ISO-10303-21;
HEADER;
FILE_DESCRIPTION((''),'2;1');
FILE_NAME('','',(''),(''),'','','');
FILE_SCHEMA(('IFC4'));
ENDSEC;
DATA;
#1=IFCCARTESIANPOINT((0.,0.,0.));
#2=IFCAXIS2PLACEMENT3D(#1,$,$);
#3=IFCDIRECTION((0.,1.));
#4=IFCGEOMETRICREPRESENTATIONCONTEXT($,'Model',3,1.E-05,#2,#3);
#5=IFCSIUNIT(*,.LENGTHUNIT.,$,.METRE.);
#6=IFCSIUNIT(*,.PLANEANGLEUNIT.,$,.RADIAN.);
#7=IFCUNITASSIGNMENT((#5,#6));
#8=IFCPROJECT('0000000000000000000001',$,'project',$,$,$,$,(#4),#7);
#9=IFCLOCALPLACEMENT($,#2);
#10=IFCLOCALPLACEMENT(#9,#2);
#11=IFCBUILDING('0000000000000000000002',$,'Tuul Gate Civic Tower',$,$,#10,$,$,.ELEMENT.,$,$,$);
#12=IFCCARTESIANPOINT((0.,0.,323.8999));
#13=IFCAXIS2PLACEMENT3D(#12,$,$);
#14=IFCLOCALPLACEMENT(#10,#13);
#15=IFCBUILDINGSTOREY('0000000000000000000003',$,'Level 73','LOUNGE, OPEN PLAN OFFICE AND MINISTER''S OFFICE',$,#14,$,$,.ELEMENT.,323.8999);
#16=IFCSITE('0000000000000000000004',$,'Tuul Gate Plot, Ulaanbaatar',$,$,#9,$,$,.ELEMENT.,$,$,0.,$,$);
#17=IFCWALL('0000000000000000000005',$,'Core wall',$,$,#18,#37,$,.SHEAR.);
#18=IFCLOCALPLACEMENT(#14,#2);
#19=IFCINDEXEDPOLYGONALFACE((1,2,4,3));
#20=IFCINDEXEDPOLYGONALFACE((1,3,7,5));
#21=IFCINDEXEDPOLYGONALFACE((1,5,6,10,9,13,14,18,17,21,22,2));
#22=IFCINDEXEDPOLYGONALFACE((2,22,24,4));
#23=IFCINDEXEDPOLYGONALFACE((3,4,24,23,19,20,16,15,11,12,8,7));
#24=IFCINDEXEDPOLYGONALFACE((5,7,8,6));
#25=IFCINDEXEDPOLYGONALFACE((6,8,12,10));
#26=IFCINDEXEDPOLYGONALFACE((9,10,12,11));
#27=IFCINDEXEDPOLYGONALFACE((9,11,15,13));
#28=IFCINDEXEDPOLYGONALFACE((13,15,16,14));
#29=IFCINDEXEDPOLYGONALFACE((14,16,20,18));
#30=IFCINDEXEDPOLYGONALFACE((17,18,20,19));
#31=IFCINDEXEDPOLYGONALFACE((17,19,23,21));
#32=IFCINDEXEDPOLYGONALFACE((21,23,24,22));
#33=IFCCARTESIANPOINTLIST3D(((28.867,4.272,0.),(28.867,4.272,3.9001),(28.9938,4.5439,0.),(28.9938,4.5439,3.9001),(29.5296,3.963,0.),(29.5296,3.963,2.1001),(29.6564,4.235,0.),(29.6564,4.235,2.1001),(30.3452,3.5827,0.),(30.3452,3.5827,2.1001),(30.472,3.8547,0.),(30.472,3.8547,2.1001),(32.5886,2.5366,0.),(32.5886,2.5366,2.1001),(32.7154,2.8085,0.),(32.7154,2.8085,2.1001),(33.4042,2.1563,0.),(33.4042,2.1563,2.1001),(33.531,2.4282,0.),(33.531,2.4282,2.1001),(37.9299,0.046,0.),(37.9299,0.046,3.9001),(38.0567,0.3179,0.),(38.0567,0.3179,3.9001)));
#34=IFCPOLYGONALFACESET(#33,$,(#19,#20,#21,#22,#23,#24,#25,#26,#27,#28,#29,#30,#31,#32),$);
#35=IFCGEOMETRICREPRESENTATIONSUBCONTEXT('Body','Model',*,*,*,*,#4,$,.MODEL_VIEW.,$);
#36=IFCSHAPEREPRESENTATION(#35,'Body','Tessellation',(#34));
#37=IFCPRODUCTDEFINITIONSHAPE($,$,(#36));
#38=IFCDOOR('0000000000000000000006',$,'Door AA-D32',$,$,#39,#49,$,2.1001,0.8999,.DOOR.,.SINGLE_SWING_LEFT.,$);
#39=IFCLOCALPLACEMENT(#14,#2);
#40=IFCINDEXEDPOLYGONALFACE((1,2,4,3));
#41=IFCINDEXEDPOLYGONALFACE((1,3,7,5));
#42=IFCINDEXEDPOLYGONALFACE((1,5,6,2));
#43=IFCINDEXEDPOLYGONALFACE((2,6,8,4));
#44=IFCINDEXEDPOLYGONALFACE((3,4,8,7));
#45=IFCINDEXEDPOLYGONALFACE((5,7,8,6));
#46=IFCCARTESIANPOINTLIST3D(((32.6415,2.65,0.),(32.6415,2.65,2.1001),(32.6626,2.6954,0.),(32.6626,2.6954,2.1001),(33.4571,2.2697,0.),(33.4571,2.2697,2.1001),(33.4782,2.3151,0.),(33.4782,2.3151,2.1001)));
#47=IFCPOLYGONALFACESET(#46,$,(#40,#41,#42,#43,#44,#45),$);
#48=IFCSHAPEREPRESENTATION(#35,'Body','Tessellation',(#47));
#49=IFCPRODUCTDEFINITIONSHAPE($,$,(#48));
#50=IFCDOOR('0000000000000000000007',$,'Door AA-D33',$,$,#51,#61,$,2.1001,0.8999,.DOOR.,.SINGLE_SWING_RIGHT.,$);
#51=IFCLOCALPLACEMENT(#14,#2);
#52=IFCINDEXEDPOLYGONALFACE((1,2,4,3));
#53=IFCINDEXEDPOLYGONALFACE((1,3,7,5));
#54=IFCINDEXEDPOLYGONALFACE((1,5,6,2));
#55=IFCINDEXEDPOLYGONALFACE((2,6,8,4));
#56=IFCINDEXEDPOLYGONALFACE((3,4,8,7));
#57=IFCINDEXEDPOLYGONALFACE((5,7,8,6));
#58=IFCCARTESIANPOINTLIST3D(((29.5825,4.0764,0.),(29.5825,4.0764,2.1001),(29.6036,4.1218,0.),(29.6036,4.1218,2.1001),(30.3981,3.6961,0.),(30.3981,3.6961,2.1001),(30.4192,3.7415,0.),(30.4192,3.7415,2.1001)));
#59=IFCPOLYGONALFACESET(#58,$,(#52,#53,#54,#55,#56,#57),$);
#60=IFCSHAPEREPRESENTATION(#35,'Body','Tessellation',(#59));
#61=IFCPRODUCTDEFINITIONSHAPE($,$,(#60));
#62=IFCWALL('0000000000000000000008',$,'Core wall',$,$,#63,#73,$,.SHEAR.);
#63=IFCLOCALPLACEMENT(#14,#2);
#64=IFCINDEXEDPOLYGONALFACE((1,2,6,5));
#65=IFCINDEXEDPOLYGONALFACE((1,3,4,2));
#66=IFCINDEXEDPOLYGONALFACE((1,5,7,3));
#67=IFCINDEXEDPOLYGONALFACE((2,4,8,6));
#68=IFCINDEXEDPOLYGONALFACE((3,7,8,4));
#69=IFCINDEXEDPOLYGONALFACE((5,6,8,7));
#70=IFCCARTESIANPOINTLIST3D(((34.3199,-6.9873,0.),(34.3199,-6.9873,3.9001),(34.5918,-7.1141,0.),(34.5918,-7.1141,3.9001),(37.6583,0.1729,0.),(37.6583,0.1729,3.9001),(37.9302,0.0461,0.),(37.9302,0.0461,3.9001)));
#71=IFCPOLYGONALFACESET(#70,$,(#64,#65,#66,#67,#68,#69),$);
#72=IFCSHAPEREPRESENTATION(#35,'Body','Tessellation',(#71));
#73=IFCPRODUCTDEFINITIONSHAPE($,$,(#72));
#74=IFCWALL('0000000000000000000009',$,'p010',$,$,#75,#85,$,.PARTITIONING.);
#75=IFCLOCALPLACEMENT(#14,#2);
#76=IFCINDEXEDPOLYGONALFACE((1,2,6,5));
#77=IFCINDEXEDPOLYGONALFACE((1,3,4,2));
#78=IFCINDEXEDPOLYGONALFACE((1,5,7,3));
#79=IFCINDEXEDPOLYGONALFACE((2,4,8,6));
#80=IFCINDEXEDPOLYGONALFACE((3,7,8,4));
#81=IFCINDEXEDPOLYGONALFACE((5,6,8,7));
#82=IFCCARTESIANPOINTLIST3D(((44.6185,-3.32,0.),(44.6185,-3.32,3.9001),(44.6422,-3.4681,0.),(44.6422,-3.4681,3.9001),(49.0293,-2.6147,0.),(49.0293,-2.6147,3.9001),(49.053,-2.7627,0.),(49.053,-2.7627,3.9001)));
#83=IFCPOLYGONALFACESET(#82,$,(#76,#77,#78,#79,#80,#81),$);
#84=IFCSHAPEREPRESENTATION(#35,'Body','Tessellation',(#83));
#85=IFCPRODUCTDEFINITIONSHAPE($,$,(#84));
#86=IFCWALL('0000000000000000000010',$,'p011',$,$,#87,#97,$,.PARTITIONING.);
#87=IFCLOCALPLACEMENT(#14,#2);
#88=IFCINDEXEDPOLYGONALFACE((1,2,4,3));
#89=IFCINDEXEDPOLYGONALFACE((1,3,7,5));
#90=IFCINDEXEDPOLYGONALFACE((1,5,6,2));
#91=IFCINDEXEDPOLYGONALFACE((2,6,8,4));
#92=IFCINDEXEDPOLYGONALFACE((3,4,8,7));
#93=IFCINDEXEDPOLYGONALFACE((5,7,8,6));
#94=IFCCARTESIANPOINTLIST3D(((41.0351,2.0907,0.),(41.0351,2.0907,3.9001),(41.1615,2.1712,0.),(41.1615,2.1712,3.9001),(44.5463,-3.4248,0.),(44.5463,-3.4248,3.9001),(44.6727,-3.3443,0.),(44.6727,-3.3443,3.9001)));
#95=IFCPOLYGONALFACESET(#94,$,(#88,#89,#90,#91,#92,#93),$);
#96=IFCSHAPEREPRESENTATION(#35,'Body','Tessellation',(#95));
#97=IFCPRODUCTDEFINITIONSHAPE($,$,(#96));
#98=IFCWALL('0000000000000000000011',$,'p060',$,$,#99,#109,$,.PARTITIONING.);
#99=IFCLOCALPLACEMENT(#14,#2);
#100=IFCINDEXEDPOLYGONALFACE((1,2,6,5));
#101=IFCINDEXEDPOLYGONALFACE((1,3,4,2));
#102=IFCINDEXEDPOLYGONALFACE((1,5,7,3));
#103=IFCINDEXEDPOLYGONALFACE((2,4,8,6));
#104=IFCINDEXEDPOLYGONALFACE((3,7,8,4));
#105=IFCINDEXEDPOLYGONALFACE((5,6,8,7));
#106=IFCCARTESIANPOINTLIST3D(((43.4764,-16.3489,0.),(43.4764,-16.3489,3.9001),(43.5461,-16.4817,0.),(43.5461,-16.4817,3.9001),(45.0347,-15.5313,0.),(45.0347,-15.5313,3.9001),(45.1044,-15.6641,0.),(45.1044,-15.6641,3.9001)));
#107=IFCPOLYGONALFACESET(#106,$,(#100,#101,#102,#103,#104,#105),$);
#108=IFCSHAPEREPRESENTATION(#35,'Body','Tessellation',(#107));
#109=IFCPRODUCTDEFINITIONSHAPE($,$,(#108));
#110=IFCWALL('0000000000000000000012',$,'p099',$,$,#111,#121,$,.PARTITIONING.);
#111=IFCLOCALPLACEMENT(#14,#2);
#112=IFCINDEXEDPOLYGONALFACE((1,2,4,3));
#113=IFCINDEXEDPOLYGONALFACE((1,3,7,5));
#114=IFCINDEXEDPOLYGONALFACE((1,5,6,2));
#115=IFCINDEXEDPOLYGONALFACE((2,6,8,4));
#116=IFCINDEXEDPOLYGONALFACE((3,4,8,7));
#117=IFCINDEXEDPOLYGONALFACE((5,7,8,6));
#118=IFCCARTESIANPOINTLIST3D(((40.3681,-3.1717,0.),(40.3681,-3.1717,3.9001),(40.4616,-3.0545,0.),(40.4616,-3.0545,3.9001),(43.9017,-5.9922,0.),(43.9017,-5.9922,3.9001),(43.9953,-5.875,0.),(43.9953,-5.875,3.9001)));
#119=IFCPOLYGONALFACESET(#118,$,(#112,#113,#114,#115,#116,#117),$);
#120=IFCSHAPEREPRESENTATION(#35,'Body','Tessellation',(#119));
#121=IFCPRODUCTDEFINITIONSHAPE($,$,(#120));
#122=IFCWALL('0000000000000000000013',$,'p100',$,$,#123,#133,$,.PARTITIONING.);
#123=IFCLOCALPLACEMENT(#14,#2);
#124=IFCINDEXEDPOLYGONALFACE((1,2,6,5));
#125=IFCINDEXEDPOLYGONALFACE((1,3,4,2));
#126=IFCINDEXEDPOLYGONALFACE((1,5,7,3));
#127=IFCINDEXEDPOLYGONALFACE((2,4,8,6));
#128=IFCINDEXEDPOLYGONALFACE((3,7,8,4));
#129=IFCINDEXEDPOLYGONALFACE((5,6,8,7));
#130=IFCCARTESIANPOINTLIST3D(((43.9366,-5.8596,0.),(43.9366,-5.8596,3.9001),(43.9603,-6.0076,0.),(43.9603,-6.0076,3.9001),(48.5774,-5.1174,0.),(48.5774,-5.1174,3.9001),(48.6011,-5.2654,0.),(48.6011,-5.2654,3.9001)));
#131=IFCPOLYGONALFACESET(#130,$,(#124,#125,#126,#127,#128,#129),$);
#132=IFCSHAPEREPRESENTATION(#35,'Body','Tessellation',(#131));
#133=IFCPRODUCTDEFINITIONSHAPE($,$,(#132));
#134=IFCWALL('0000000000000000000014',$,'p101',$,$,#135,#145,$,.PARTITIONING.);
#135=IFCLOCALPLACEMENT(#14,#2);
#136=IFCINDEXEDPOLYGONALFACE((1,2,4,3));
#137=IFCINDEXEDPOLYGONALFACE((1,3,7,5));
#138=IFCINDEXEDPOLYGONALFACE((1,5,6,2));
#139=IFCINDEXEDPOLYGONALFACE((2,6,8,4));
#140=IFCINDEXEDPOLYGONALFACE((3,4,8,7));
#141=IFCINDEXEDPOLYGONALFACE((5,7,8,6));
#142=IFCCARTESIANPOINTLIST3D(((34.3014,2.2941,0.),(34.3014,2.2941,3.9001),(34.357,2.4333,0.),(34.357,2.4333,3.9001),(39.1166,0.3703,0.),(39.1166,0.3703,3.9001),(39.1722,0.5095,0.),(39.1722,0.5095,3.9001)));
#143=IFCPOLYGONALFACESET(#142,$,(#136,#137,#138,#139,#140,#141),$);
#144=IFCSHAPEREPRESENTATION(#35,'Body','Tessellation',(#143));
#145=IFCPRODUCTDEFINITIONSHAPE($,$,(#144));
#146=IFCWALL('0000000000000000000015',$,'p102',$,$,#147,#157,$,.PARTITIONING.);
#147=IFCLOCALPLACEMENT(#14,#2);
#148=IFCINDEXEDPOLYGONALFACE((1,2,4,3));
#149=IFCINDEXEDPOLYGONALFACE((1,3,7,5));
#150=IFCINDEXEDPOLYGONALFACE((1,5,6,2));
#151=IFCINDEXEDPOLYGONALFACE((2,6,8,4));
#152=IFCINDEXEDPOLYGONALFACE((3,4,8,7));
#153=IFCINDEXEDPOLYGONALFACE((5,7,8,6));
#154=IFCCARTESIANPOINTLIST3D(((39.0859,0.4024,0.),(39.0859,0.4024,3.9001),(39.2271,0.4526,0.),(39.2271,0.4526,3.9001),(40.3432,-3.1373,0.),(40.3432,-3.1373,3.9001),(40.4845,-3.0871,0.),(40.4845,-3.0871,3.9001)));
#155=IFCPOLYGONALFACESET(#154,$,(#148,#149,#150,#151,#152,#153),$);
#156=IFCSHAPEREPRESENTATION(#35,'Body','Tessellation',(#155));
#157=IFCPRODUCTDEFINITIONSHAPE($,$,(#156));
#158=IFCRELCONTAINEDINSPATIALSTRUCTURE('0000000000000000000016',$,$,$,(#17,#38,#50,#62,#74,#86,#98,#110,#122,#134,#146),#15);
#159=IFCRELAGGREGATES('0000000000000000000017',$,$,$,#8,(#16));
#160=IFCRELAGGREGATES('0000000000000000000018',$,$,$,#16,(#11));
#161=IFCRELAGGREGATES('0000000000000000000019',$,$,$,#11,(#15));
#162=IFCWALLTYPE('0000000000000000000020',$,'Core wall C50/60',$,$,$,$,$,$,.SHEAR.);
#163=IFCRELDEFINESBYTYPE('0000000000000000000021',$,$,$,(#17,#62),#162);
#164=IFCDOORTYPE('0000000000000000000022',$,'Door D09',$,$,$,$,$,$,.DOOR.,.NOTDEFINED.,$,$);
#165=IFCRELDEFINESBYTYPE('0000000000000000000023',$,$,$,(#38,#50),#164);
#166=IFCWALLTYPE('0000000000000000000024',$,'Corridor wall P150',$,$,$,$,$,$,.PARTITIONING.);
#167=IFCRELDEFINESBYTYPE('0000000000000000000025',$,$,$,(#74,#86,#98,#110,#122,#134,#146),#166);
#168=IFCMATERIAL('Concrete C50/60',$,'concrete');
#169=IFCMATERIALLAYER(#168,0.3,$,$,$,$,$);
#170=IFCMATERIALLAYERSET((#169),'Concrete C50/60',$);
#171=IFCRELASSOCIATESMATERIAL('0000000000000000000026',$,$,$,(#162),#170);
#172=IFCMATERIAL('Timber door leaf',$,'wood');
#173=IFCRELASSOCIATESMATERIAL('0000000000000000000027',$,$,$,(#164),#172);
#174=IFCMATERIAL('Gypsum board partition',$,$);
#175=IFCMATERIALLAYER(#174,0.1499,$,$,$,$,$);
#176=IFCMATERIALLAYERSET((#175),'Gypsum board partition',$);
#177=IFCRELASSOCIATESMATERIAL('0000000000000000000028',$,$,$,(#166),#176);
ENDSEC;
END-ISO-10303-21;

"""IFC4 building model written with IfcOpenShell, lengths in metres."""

from ifc_helpers import new_model, si_unit, direction, frame, frame_2d, origin, place, context, subcontext, project, spatial, rectangle, extrude, material, layer, layer_set, type_object, element, fill, save


model = new_model("IFC4")

# Units and contexts
model_context = context("Model", 3, precision=1e-05, world=origin(), true_north=direction((0.0, 1.0)))
body_context = subcontext(model_context, "Body", "Model", "MODEL_VIEW")
ifc_project = project(units=[si_unit("LENGTHUNIT", "METRE"), si_unit("PLANEANGLEUNIT", "RADIAN")], contexts=[model_context])

# Site, building, storey
site_placement = place(None, origin())
site = spatial("IfcSite", under=ifc_project, at=site_placement, Name="Tuul Gate Plot, Ulaanbaatar", CompositionType="ELEMENT", RefElevation=0.0)
building_placement = place(site_placement, origin())
building = spatial("IfcBuilding", under=site, at=building_placement, Name="Tuul Gate Civic Tower", CompositionType="ELEMENT")
storey_placement = place(building_placement, frame((0.0, 0.0, 323.8999)))
storey = spatial("IfcBuildingStorey", under=building, at=storey_placement, Name="Level 73", Description="LOUNGE, OPEN PLAN OFFICE AND MINISTER'S OFFICE", CompositionType="ELEMENT", Elevation=323.8999)

# Shared definitions
ifc_material_1 = material(Name="Concrete C50/60", Category="concrete")
ifc_layer_1 = layer(ifc_material_1, 0.3)
ifc_layer_set_1 = layer_set([ifc_layer_1], Name="Concrete C50/60")
wall_type_1 = type_object("IfcWallType", Name="Core wall C50/60", PredefinedType="SHEAR", material=ifc_layer_set_1)

# Wall, openings, doors
wall_1_placement = place(storey_placement, frame((37.9934, 0.1819, 0.0), z_axis=(0.0, 0.0, 1.0), x_axis=(-0.90631, 0.422613, 0.0)))
wall_1 = element("IfcWall", 1, at=wall_1_placement, inside=storey, type_object=wall_type_1, Name="Core wall", PredefinedType="SHEAR", context=body_context, shape_type="SweptSolid", body=[
    extrude(rectangle(XDim=9.9998, YDim=0.3, at=frame_2d((5.0, 0.0))), origin(), (0.0, 0.0, 1.0), 3.9001),
])
opening_1_placement = place(wall_1_placement, frame((4.9937, 0.0, 0.0)))
opening_1 = element("IfcOpeningElement", 2, at=opening_1_placement, cuts=wall_1, PredefinedType="OPENING", context=body_context, shape_type="SweptSolid", body=[
    extrude(rectangle(XDim=0.8999, YDim=2.1001, at=frame_2d((0.45, 1.05))), frame((0.0, 0.1602, 0.0), z_axis=(0.0, -1.0, 0.0), x_axis=(1.0, 0.0, 0.0)), (0.0, 0.0, 1.0), 0.3201),
])
opening_2_placement = place(wall_1_placement, frame((8.3689, 0.0, 0.0)))
opening_2 = element("IfcOpeningElement", 3, at=opening_2_placement, cuts=wall_1, PredefinedType="OPENING", context=body_context, shape_type="SweptSolid", body=[
    extrude(rectangle(XDim=0.8999, YDim=2.1001, at=frame_2d((0.45, 1.05))), frame((0.0, 0.1602, 0.0), z_axis=(0.0, -1.0, 0.0), x_axis=(1.0, 0.0, 0.0)), (0.0, 0.0, 1.0), 0.3201),
])
ifc_material_2 = material(Name="Timber door leaf", Category="wood")
door_type_1 = type_object("IfcDoorType", Name="Door D09", OperationType="NOTDEFINED", PredefinedType="DOOR", material=ifc_material_2)
door_1_placement = place(opening_1_placement, origin())
door_1 = element("IfcDoor", 4, at=door_1_placement, inside=storey, type_object=door_type_1, Name="Door AA-D32", OperationType="SINGLE_SWING_LEFT", OverallHeight=2.1001, OverallWidth=0.8999, PredefinedType="DOOR", context=body_context, shape_type="SweptSolid", body=[
    extrude(rectangle(XDim=0.8999, YDim=2.1001, at=frame_2d((0.45, 1.05))), frame((0.0, 0.0249, 0.0), z_axis=(0.0, -1.0, 0.0), x_axis=(1.0, 0.0, 0.0)), (0.0, 0.0, 1.0), 0.05),
])
fill(opening_1, door_1)
door_2_placement = place(opening_2_placement, origin())
door_2 = element("IfcDoor", 5, at=door_2_placement, inside=storey, type_object=door_type_1, Name="Door AA-D33", OperationType="SINGLE_SWING_RIGHT", OverallHeight=2.1001, OverallWidth=0.8999, PredefinedType="DOOR", context=body_context, shape_type="SweptSolid", body=[
    extrude(rectangle(XDim=0.8999, YDim=2.1001, at=frame_2d((0.45, 1.05))), frame((0.0, 0.0249, 0.0), z_axis=(0.0, -1.0, 0.0), x_axis=(1.0, 0.0, 0.0)), (0.0, 0.0, 1.0), 0.05),
])
fill(opening_2, door_2)

# Walls
wall_2_placement = place(storey_placement, frame((34.4558, -7.0508, 0.0), z_axis=(0.0, 0.0, 1.0), x_axis=(0.422571, 0.90633, 0.0)))
element("IfcWall", 6, at=wall_2_placement, inside=storey, type_object=wall_type_1, Name="Core wall", PredefinedType="SHEAR", context=body_context, shape_type="SweptSolid", body=[
    extrude(rectangle(XDim=7.9001, YDim=0.3, at=frame_2d((3.9502, 0.0))), origin(), (0.0, 0.0, 1.0), 3.9001),
])
ifc_material_3 = material(Name="Gypsum board partition")
ifc_layer_2 = layer(ifc_material_3, 0.1499)
ifc_layer_set_2 = layer_set([ifc_layer_2], Name="Gypsum board partition")
wall_type_2 = type_object("IfcWallType", Name="Corridor wall P150", PredefinedType="PARTITIONING", material=ifc_layer_set_2)
wall_3_placement = place(storey_placement, frame((44.6304, -3.394, 0.0), z_axis=(0.0, 0.0, 1.0), x_axis=(0.987454, 0.157907, 0.0)))
element("IfcWall", 7, at=wall_3_placement, inside=storey, type_object=wall_type_2, Name="p010", PredefinedType="PARTITIONING", context=body_context, shape_type="SweptSolid", body=[
    extrude(rectangle(XDim=4.4668, YDim=0.1499, at=frame_2d((2.2334, 0.0))), origin(), (0.0, 0.0, 1.0), 3.9001),
])
wall_4_placement = place(storey_placement, frame((41.0984, 2.1309, 0.0), z_axis=(0.0, 0.0, 1.0), x_axis=(0.537016, -0.843572, 0.0)))
element("IfcWall", 8, at=wall_4_placement, inside=storey, type_object=wall_type_2, Name="p011", PredefinedType="PARTITIONING", context=body_context, shape_type="SweptSolid", body=[
    extrude(rectangle(XDim=6.5383, YDim=0.1499, at=frame_2d((3.269, 0.0))), origin(), (0.0, 0.0, 1.0), 3.9001),
])
wall_5_placement = place(storey_placement, frame((43.5112, -16.4153, 0.0), z_axis=(0.0, 0.0, 1.0), x_axis=(0.885516, 0.464608, 0.0)))
element("IfcWall", 9, at=wall_5_placement, inside=storey, type_object=wall_type_2, Name="p060", PredefinedType="PARTITIONING", context=body_context, shape_type="SweptSolid", body=[
    extrude(rectangle(XDim=1.7598, YDim=0.1499, at=frame_2d((0.8799, 0.0))), origin(), (0.0, 0.0, 1.0), 3.9001),
])
wall_6_placement = place(storey_placement, frame((40.4148, -3.113, 0.0), z_axis=(0.0, 0.0, 1.0), x_axis=(0.781558, -0.623832, 0.0)))
element("IfcWall", 10, at=wall_6_placement, inside=storey, type_object=wall_type_2, Name="p099", PredefinedType="PARTITIONING", context=body_context, shape_type="SweptSolid", body=[
    extrude(rectangle(XDim=4.5212, YDim=0.1499, at=frame_2d((2.2607, 0.0))), origin(), (0.0, 0.0, 1.0), 3.9001),
])
wall_7_placement = place(storey_placement, frame((43.9485, -5.9336, 0.0), z_axis=(0.0, 0.0, 1.0), x_axis=(0.987451, 0.157926, 0.0)))
element("IfcWall", 11, at=wall_7_placement, inside=storey, type_object=wall_type_2, Name="p100", PredefinedType="PARTITIONING", context=body_context, shape_type="SweptSolid", body=[
    extrude(rectangle(XDim=4.6997, YDim=0.1499, at=frame_2d((2.3499, 0.0))), origin(), (0.0, 0.0, 1.0), 3.9001),
])
wall_8_placement = place(storey_placement, frame((34.3291, 2.3638, 0.0), z_axis=(0.0, 0.0, 1.0), x_axis=(0.928626, -0.371017, 0.0)))
element("IfcWall", 12, at=wall_8_placement, inside=storey, type_object=wall_type_2, Name="p101", PredefinedType="PARTITIONING", context=body_context, shape_type="SweptSolid", body=[
    extrude(rectangle(XDim=5.1853, YDim=0.1499, at=frame_2d((2.5928, 0.0))), origin(), (0.0, 0.0, 1.0), 3.9001),
])
wall_9_placement = place(storey_placement, frame((39.1565, 0.4275, 0.0), z_axis=(0.0, 0.0, 1.0), x_axis=(0.33473, -0.942314, 0.0)))
element("IfcWall", 13, at=wall_9_placement, inside=storey, type_object=wall_type_2, Name="p102", PredefinedType="PARTITIONING", context=body_context, shape_type="SweptSolid", body=[
    extrude(rectangle(XDim=3.7563, YDim=0.1499, at=frame_2d((1.8782, 0.0))), origin(), (0.0, 0.0, 1.0), 3.9001),
])

save(model, "model.ifc")
